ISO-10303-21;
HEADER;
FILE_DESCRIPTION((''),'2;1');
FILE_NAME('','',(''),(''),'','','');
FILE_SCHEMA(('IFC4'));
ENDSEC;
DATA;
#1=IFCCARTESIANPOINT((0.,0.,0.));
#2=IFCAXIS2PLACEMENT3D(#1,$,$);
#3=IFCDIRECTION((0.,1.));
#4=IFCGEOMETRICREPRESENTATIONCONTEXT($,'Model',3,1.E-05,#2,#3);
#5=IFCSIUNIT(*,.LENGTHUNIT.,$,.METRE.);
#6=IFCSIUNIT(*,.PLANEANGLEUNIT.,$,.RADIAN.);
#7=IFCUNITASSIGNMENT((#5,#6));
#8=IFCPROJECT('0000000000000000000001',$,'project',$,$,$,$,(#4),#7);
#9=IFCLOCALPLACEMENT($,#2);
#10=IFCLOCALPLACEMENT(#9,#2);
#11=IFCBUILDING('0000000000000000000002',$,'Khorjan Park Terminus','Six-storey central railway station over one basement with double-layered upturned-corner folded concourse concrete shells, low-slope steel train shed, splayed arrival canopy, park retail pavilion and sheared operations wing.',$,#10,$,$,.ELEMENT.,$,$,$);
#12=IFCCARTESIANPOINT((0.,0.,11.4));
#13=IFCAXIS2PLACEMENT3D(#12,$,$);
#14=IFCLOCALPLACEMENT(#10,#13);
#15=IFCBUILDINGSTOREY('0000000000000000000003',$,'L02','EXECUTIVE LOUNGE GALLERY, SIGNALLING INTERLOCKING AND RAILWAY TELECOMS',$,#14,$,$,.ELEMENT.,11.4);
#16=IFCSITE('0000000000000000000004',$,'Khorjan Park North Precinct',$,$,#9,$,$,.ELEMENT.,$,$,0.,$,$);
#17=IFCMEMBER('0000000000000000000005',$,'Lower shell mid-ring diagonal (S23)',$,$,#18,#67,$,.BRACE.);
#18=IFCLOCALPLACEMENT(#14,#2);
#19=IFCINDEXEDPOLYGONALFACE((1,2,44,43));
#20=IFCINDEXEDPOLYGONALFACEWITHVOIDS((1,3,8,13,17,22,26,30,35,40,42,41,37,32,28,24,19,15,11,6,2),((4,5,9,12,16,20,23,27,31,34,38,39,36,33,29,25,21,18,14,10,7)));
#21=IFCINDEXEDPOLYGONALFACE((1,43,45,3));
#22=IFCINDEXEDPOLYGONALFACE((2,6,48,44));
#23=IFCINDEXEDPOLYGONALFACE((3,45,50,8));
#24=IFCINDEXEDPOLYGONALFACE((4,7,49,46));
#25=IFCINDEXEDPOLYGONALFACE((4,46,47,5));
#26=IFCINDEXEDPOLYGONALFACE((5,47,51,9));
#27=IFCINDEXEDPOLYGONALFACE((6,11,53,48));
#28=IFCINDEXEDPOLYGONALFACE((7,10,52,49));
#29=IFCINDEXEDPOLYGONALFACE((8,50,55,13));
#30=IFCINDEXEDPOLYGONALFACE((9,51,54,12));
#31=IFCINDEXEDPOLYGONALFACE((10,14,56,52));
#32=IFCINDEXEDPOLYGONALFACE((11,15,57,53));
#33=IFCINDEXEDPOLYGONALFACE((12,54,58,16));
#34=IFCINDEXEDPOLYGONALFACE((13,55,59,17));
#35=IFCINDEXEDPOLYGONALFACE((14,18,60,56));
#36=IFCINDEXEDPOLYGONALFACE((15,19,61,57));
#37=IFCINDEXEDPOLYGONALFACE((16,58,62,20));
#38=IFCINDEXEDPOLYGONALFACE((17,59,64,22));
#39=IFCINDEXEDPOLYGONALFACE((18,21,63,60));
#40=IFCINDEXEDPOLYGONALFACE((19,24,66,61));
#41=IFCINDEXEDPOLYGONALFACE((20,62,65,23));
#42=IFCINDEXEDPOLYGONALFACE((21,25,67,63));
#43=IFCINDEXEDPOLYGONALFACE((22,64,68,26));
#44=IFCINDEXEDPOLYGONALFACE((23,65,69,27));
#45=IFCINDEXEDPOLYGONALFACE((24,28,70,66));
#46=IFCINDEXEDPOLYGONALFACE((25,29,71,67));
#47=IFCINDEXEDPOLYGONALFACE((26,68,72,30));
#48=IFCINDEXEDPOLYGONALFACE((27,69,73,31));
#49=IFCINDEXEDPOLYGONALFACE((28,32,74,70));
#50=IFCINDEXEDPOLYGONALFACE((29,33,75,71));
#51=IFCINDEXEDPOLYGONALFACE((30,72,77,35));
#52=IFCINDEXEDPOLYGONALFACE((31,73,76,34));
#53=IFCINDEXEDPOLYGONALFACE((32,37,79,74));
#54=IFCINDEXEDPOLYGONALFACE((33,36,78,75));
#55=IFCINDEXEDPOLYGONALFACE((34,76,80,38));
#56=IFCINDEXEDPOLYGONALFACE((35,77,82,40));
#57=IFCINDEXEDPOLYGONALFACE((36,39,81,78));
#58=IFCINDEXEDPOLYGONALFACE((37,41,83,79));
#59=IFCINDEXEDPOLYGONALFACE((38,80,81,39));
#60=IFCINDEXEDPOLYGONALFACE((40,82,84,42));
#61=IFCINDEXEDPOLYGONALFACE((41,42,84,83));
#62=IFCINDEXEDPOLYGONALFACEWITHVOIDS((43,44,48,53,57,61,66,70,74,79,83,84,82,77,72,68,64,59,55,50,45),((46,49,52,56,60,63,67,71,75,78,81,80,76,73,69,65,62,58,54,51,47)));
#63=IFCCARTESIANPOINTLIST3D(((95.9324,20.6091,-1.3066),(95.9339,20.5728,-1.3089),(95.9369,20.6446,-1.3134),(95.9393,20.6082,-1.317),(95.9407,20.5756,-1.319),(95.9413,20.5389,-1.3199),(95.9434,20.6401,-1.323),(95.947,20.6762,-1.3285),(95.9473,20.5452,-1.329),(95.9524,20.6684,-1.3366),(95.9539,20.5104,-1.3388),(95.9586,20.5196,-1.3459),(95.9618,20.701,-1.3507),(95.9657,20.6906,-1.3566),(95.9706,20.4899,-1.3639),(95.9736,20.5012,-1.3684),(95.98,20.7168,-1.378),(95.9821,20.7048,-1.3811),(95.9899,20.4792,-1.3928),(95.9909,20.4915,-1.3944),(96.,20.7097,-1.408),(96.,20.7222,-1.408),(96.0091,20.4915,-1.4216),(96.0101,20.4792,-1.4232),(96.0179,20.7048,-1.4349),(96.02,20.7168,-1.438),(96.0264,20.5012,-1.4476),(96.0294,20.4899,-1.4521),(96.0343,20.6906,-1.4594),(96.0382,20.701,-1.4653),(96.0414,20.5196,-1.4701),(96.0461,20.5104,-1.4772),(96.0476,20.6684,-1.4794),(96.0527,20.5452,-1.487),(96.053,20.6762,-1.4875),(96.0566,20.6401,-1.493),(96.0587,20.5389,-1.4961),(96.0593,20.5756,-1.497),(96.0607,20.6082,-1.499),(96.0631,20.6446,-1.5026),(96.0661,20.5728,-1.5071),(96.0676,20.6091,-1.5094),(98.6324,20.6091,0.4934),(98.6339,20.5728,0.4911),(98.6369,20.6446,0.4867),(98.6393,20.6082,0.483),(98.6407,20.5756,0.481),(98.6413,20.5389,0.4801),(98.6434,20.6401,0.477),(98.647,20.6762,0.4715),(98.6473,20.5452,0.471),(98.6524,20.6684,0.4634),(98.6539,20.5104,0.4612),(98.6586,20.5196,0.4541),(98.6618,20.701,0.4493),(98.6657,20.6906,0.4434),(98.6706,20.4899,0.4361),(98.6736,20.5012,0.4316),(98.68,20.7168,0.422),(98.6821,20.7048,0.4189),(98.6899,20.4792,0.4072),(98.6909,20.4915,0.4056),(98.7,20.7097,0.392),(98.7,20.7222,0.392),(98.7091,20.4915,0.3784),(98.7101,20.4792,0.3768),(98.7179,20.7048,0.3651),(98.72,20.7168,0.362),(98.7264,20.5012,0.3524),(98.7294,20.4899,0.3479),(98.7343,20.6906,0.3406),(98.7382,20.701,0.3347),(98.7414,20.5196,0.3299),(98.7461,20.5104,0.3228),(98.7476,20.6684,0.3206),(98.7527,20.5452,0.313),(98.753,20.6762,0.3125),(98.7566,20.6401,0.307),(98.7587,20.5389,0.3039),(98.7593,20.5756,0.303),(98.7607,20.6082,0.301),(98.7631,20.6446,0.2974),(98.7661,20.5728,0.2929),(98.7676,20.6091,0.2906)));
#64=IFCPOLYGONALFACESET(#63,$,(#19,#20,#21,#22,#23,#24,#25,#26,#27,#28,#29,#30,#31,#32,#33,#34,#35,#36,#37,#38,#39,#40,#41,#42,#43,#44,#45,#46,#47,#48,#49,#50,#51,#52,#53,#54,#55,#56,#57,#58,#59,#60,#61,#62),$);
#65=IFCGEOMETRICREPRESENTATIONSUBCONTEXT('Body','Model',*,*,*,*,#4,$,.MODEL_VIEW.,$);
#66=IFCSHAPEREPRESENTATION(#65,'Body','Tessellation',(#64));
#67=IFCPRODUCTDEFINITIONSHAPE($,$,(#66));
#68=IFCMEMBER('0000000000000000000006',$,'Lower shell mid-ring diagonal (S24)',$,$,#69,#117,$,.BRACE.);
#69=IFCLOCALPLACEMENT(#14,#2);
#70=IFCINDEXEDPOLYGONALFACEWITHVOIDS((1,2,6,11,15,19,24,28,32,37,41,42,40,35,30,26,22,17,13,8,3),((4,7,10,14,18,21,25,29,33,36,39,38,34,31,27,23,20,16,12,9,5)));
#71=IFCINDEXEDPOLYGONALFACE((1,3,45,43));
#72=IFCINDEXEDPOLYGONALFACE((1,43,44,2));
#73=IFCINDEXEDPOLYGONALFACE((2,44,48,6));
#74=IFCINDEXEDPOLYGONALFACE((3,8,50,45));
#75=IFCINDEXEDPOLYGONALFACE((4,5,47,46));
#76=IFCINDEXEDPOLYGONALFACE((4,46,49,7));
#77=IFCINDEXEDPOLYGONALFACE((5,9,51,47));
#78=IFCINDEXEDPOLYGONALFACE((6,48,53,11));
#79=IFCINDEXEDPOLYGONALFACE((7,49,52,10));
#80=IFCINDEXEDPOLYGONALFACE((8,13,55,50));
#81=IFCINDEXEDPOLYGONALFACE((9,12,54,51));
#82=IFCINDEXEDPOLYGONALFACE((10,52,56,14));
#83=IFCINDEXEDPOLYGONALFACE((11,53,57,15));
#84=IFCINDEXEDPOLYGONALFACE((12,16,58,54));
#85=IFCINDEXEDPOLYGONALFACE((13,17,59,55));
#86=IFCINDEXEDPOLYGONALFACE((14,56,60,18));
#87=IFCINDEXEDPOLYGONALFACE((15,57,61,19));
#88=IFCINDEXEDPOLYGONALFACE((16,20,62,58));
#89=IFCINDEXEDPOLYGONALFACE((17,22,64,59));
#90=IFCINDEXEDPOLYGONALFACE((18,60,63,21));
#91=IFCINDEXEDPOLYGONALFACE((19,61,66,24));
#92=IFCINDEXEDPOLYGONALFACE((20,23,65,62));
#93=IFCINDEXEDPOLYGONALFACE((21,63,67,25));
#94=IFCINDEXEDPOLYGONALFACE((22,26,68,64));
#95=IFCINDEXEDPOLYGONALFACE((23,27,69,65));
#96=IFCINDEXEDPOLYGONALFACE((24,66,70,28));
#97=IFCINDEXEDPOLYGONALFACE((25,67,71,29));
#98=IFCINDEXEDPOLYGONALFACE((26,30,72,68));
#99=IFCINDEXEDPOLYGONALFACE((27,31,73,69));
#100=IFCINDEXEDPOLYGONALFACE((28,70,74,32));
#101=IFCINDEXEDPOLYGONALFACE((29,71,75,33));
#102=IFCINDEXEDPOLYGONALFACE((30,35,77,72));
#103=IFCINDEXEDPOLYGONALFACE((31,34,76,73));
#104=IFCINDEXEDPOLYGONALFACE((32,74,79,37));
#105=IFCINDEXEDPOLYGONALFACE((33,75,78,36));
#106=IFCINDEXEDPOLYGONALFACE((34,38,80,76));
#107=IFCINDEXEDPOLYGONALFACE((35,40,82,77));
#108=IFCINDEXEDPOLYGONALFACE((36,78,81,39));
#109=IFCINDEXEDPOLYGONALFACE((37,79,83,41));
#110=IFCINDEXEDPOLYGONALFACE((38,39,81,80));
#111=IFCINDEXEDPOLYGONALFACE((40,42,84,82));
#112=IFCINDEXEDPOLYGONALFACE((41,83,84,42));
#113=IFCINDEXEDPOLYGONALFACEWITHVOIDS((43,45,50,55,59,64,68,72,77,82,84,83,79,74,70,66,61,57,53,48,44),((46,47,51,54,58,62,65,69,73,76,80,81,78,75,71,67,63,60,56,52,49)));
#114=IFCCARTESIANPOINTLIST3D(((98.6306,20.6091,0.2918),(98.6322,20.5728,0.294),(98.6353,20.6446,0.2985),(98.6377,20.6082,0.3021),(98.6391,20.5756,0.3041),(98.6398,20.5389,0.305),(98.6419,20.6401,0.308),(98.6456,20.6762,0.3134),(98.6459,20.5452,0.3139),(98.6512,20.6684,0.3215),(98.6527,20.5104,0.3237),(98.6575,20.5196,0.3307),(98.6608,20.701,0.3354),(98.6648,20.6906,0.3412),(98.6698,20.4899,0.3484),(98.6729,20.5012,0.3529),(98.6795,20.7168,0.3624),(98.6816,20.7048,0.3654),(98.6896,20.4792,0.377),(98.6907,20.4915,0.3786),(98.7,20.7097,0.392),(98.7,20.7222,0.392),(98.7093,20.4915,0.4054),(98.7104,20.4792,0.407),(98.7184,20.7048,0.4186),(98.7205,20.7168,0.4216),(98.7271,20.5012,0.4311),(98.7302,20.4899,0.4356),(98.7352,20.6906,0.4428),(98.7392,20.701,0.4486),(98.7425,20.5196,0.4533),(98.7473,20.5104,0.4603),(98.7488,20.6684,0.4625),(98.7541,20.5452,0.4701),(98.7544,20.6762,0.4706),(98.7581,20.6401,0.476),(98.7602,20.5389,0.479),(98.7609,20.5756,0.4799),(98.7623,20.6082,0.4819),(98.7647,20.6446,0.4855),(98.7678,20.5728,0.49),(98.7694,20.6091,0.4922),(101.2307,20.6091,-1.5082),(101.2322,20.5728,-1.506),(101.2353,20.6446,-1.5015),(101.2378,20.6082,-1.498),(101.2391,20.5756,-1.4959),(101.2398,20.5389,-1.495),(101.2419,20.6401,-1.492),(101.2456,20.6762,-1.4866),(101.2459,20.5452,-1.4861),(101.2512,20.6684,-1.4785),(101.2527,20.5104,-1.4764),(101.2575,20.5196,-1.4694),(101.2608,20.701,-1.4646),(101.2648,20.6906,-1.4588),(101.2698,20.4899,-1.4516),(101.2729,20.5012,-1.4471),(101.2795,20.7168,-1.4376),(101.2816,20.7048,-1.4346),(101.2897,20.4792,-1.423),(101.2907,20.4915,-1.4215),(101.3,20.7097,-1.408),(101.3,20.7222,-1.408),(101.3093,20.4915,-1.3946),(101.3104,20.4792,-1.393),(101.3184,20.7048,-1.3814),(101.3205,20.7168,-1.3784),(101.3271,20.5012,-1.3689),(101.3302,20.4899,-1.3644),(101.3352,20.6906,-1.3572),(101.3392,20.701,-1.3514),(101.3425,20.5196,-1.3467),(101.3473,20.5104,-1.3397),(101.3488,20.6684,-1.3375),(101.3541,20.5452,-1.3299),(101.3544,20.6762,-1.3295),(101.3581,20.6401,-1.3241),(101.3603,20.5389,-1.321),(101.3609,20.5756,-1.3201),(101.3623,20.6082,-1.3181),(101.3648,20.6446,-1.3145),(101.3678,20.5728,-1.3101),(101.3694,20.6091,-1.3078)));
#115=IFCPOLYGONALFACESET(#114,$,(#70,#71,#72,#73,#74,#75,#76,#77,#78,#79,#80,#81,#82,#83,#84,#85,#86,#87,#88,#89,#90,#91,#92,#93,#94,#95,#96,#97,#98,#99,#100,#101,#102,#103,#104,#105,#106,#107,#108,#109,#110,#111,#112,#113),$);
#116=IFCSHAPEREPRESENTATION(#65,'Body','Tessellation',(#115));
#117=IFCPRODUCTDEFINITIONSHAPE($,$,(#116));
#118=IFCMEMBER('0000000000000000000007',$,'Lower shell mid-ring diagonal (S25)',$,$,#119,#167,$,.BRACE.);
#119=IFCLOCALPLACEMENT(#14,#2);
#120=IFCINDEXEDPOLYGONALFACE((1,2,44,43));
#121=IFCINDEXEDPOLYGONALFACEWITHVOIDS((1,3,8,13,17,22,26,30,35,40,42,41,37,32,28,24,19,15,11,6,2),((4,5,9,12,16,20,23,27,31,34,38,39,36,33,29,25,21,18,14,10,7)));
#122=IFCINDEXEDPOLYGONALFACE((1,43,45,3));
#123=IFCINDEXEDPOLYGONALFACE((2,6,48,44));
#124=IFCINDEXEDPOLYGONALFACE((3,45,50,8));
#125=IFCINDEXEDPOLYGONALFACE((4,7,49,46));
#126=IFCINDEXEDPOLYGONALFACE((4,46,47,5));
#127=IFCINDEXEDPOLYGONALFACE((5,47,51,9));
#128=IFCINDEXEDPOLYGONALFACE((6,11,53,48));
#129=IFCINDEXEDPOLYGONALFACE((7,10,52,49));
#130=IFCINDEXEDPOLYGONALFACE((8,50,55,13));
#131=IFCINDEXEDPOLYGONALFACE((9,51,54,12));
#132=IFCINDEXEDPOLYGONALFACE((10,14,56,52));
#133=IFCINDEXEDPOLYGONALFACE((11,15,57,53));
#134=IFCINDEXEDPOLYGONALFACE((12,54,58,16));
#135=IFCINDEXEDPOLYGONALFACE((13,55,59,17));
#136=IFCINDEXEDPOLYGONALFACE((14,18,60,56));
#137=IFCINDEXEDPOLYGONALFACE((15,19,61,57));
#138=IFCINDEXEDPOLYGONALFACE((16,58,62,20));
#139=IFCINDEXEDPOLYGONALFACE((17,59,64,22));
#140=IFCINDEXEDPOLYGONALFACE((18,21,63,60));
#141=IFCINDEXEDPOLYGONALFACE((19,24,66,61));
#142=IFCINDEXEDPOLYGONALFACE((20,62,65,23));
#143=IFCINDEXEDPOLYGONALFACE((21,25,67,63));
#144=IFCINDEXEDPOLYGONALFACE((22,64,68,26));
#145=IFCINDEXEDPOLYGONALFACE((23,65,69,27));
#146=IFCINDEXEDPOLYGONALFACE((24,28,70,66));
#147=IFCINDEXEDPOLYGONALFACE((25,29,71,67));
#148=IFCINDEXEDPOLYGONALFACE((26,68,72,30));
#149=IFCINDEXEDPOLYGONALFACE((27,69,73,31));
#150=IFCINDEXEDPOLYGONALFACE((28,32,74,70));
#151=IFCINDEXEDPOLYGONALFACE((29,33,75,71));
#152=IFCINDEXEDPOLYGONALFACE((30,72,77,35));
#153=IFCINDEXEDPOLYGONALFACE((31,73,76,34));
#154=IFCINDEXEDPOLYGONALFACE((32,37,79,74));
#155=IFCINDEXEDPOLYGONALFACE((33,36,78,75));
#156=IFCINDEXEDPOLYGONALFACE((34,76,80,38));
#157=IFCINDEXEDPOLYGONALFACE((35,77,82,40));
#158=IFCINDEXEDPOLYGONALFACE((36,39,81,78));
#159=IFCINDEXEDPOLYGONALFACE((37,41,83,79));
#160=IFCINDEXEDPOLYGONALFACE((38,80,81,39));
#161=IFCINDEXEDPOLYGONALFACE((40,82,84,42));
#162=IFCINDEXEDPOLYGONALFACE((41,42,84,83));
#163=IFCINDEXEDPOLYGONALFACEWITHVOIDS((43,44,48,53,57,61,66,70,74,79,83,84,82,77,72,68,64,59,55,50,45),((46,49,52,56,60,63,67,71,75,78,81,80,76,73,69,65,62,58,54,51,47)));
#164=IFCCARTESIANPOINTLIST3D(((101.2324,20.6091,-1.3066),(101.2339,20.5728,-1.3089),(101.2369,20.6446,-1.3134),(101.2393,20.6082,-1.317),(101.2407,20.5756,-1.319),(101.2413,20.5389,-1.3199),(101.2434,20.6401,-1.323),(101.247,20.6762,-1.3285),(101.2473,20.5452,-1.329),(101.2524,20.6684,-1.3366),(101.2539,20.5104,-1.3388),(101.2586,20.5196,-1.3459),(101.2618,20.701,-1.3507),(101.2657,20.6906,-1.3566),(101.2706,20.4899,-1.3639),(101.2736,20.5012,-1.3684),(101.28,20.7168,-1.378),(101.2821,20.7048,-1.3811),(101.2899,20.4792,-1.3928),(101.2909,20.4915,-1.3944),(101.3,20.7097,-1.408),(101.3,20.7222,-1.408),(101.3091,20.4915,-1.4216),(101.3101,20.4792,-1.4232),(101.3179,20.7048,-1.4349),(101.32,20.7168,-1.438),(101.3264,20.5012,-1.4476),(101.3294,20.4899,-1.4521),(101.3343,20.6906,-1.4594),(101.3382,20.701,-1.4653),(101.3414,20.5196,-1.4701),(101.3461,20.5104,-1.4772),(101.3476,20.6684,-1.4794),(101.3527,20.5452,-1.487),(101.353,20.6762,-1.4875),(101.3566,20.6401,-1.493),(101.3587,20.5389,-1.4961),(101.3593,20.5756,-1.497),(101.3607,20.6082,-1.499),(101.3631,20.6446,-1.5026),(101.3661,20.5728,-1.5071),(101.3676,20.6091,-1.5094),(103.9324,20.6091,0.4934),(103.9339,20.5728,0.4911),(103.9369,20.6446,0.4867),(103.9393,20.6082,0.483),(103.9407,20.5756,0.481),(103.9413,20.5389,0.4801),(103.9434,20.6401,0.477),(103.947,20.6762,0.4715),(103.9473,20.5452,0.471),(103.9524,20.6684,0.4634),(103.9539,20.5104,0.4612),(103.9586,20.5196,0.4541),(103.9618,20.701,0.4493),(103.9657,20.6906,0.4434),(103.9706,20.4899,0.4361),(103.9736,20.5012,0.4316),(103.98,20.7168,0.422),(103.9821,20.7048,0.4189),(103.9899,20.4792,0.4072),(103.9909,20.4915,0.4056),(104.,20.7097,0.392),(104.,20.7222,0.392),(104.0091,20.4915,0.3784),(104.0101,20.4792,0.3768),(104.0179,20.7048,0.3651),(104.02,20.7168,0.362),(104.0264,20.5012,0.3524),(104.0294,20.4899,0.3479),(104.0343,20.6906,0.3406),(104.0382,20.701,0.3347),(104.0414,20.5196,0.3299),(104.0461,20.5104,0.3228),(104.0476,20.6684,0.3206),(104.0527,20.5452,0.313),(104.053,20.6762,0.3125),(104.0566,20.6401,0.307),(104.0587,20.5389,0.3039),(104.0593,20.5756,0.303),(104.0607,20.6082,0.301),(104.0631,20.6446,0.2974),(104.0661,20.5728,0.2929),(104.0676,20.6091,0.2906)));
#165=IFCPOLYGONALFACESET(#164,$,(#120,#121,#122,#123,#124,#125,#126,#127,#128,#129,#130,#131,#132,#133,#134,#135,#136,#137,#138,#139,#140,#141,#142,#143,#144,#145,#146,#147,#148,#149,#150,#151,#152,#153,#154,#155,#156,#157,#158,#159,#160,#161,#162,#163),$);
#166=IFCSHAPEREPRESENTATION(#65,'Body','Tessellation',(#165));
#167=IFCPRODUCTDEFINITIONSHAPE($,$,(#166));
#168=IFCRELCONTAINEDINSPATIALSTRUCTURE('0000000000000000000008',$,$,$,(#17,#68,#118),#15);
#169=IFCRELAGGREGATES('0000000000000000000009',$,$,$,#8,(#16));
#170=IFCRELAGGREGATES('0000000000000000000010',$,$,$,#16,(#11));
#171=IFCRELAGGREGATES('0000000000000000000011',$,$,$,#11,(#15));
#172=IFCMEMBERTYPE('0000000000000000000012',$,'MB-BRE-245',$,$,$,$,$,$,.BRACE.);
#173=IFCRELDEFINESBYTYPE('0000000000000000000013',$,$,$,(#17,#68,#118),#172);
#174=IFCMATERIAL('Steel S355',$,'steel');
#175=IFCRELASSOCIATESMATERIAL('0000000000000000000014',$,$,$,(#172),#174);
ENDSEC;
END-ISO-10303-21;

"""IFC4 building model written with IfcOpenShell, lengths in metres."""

from ifc_helpers import new_model, si_unit, direction, frame, origin, origin_2d, place, context, subcontext, project, spatial, hollow_circle, extrude, material, material_profile, profile_set, type_object, element, save


model = new_model("IFC4")

# Units and contexts
model_context = context("Model", 3, precision=1e-05, world=origin(), true_north=direction((0.0, 1.0)))
body_context = subcontext(model_context, "Body", "Model", "MODEL_VIEW")
ifc_project = project(units=[si_unit("LENGTHUNIT", "METRE"), si_unit("PLANEANGLEUNIT", "RADIAN")], contexts=[model_context])

# Site, building, storey
site_placement = place(None, origin())
site = spatial("IfcSite", under=ifc_project, at=site_placement, Name="Khorjan Park North Precinct", CompositionType="ELEMENT", RefElevation=0.0)
building_placement = place(site_placement, origin())
building = spatial("IfcBuilding", under=site, at=building_placement, Name="Khorjan Park Terminus", Description="Six-storey central railway station over one basement with double-layered upturned-corner folded concourse concrete shells, low-slope steel train shed, splayed arrival canopy, park retail pavilion and sheared operations wing.", CompositionType="ELEMENT")
storey_placement = place(building_placement, frame((0.0, 0.0, 11.4)))
storey = spatial("IfcBuildingStorey", under=building, at=storey_placement, Name="L02", Description="EXECUTIVE LOUNGE GALLERY, SIGNALLING INTERLOCKING AND RAILWAY TELECOMS", CompositionType="ELEMENT", Elevation=11.4)

# Members
ifc_material_1 = material(Name="Steel S355", Category="steel")
ifc_material_profile_1 = material_profile(ifc_material_1, hollow_circle(Radius=0.1222, WallThickness=0.0125, at=origin_2d()), Name="CHS 244.5x12.5")
ifc_profile_set_1 = profile_set([ifc_material_profile_1], Name="Steel S355")
member_type_1 = type_object("IfcMemberType", Name="MB-BRE-245", PredefinedType="BRACE", material=ifc_profile_set_1)
for number, where, z_axis, x_axis, name in (
    (1, (96.0, 20.6, -1.408), (0.83205, 0.0, 0.5547), (0.0, 1.0, 0.0), "Lower shell mid-ring diagonal (S23)"),
):
    element("IfcMember", number, at=place(storey_placement, frame(where, z_axis=z_axis, x_axis=x_axis)), inside=storey, type_object=member_type_1, Name=name, PredefinedType="BRACE", context=body_context, shape_type="SweptSolid", body=[
        extrude(hollow_circle(Radius=0.1222, WallThickness=0.0125, at=origin_2d()), origin(), (0.0, 0.0, 1.0), 3.245),
    ])
member_1_placement = place(storey_placement, frame((98.7, 20.6, 0.392), z_axis=(0.822192, 0.0, -0.56921), x_axis=(0.0, 1.0, 0.0)))
element("IfcMember", 2, at=member_1_placement, inside=storey, type_object=member_type_1, Name="Lower shell mid-ring diagonal (S24)", PredefinedType="BRACE", context=body_context, shape_type="SweptSolid", body=[
    extrude(hollow_circle(Radius=0.1222, WallThickness=0.0125, at=origin_2d()), origin(), (0.0, 0.0, 1.0), 3.1623),
])
member_2_placement = place(storey_placement, frame((101.3, 20.6, -1.408), z_axis=(0.83205, 0.0, 0.5547), x_axis=(0.0, 1.0, 0.0)))
element("IfcMember", 3, at=member_2_placement, inside=storey, type_object=member_type_1, Name="Lower shell mid-ring diagonal (S25)", PredefinedType="BRACE", context=body_context, shape_type="SweptSolid", body=[
    extrude(hollow_circle(Radius=0.1222, WallThickness=0.0125, at=origin_2d()), origin(), (0.0, 0.0, 1.0), 3.245),
])

save(model, "model.ifc")
